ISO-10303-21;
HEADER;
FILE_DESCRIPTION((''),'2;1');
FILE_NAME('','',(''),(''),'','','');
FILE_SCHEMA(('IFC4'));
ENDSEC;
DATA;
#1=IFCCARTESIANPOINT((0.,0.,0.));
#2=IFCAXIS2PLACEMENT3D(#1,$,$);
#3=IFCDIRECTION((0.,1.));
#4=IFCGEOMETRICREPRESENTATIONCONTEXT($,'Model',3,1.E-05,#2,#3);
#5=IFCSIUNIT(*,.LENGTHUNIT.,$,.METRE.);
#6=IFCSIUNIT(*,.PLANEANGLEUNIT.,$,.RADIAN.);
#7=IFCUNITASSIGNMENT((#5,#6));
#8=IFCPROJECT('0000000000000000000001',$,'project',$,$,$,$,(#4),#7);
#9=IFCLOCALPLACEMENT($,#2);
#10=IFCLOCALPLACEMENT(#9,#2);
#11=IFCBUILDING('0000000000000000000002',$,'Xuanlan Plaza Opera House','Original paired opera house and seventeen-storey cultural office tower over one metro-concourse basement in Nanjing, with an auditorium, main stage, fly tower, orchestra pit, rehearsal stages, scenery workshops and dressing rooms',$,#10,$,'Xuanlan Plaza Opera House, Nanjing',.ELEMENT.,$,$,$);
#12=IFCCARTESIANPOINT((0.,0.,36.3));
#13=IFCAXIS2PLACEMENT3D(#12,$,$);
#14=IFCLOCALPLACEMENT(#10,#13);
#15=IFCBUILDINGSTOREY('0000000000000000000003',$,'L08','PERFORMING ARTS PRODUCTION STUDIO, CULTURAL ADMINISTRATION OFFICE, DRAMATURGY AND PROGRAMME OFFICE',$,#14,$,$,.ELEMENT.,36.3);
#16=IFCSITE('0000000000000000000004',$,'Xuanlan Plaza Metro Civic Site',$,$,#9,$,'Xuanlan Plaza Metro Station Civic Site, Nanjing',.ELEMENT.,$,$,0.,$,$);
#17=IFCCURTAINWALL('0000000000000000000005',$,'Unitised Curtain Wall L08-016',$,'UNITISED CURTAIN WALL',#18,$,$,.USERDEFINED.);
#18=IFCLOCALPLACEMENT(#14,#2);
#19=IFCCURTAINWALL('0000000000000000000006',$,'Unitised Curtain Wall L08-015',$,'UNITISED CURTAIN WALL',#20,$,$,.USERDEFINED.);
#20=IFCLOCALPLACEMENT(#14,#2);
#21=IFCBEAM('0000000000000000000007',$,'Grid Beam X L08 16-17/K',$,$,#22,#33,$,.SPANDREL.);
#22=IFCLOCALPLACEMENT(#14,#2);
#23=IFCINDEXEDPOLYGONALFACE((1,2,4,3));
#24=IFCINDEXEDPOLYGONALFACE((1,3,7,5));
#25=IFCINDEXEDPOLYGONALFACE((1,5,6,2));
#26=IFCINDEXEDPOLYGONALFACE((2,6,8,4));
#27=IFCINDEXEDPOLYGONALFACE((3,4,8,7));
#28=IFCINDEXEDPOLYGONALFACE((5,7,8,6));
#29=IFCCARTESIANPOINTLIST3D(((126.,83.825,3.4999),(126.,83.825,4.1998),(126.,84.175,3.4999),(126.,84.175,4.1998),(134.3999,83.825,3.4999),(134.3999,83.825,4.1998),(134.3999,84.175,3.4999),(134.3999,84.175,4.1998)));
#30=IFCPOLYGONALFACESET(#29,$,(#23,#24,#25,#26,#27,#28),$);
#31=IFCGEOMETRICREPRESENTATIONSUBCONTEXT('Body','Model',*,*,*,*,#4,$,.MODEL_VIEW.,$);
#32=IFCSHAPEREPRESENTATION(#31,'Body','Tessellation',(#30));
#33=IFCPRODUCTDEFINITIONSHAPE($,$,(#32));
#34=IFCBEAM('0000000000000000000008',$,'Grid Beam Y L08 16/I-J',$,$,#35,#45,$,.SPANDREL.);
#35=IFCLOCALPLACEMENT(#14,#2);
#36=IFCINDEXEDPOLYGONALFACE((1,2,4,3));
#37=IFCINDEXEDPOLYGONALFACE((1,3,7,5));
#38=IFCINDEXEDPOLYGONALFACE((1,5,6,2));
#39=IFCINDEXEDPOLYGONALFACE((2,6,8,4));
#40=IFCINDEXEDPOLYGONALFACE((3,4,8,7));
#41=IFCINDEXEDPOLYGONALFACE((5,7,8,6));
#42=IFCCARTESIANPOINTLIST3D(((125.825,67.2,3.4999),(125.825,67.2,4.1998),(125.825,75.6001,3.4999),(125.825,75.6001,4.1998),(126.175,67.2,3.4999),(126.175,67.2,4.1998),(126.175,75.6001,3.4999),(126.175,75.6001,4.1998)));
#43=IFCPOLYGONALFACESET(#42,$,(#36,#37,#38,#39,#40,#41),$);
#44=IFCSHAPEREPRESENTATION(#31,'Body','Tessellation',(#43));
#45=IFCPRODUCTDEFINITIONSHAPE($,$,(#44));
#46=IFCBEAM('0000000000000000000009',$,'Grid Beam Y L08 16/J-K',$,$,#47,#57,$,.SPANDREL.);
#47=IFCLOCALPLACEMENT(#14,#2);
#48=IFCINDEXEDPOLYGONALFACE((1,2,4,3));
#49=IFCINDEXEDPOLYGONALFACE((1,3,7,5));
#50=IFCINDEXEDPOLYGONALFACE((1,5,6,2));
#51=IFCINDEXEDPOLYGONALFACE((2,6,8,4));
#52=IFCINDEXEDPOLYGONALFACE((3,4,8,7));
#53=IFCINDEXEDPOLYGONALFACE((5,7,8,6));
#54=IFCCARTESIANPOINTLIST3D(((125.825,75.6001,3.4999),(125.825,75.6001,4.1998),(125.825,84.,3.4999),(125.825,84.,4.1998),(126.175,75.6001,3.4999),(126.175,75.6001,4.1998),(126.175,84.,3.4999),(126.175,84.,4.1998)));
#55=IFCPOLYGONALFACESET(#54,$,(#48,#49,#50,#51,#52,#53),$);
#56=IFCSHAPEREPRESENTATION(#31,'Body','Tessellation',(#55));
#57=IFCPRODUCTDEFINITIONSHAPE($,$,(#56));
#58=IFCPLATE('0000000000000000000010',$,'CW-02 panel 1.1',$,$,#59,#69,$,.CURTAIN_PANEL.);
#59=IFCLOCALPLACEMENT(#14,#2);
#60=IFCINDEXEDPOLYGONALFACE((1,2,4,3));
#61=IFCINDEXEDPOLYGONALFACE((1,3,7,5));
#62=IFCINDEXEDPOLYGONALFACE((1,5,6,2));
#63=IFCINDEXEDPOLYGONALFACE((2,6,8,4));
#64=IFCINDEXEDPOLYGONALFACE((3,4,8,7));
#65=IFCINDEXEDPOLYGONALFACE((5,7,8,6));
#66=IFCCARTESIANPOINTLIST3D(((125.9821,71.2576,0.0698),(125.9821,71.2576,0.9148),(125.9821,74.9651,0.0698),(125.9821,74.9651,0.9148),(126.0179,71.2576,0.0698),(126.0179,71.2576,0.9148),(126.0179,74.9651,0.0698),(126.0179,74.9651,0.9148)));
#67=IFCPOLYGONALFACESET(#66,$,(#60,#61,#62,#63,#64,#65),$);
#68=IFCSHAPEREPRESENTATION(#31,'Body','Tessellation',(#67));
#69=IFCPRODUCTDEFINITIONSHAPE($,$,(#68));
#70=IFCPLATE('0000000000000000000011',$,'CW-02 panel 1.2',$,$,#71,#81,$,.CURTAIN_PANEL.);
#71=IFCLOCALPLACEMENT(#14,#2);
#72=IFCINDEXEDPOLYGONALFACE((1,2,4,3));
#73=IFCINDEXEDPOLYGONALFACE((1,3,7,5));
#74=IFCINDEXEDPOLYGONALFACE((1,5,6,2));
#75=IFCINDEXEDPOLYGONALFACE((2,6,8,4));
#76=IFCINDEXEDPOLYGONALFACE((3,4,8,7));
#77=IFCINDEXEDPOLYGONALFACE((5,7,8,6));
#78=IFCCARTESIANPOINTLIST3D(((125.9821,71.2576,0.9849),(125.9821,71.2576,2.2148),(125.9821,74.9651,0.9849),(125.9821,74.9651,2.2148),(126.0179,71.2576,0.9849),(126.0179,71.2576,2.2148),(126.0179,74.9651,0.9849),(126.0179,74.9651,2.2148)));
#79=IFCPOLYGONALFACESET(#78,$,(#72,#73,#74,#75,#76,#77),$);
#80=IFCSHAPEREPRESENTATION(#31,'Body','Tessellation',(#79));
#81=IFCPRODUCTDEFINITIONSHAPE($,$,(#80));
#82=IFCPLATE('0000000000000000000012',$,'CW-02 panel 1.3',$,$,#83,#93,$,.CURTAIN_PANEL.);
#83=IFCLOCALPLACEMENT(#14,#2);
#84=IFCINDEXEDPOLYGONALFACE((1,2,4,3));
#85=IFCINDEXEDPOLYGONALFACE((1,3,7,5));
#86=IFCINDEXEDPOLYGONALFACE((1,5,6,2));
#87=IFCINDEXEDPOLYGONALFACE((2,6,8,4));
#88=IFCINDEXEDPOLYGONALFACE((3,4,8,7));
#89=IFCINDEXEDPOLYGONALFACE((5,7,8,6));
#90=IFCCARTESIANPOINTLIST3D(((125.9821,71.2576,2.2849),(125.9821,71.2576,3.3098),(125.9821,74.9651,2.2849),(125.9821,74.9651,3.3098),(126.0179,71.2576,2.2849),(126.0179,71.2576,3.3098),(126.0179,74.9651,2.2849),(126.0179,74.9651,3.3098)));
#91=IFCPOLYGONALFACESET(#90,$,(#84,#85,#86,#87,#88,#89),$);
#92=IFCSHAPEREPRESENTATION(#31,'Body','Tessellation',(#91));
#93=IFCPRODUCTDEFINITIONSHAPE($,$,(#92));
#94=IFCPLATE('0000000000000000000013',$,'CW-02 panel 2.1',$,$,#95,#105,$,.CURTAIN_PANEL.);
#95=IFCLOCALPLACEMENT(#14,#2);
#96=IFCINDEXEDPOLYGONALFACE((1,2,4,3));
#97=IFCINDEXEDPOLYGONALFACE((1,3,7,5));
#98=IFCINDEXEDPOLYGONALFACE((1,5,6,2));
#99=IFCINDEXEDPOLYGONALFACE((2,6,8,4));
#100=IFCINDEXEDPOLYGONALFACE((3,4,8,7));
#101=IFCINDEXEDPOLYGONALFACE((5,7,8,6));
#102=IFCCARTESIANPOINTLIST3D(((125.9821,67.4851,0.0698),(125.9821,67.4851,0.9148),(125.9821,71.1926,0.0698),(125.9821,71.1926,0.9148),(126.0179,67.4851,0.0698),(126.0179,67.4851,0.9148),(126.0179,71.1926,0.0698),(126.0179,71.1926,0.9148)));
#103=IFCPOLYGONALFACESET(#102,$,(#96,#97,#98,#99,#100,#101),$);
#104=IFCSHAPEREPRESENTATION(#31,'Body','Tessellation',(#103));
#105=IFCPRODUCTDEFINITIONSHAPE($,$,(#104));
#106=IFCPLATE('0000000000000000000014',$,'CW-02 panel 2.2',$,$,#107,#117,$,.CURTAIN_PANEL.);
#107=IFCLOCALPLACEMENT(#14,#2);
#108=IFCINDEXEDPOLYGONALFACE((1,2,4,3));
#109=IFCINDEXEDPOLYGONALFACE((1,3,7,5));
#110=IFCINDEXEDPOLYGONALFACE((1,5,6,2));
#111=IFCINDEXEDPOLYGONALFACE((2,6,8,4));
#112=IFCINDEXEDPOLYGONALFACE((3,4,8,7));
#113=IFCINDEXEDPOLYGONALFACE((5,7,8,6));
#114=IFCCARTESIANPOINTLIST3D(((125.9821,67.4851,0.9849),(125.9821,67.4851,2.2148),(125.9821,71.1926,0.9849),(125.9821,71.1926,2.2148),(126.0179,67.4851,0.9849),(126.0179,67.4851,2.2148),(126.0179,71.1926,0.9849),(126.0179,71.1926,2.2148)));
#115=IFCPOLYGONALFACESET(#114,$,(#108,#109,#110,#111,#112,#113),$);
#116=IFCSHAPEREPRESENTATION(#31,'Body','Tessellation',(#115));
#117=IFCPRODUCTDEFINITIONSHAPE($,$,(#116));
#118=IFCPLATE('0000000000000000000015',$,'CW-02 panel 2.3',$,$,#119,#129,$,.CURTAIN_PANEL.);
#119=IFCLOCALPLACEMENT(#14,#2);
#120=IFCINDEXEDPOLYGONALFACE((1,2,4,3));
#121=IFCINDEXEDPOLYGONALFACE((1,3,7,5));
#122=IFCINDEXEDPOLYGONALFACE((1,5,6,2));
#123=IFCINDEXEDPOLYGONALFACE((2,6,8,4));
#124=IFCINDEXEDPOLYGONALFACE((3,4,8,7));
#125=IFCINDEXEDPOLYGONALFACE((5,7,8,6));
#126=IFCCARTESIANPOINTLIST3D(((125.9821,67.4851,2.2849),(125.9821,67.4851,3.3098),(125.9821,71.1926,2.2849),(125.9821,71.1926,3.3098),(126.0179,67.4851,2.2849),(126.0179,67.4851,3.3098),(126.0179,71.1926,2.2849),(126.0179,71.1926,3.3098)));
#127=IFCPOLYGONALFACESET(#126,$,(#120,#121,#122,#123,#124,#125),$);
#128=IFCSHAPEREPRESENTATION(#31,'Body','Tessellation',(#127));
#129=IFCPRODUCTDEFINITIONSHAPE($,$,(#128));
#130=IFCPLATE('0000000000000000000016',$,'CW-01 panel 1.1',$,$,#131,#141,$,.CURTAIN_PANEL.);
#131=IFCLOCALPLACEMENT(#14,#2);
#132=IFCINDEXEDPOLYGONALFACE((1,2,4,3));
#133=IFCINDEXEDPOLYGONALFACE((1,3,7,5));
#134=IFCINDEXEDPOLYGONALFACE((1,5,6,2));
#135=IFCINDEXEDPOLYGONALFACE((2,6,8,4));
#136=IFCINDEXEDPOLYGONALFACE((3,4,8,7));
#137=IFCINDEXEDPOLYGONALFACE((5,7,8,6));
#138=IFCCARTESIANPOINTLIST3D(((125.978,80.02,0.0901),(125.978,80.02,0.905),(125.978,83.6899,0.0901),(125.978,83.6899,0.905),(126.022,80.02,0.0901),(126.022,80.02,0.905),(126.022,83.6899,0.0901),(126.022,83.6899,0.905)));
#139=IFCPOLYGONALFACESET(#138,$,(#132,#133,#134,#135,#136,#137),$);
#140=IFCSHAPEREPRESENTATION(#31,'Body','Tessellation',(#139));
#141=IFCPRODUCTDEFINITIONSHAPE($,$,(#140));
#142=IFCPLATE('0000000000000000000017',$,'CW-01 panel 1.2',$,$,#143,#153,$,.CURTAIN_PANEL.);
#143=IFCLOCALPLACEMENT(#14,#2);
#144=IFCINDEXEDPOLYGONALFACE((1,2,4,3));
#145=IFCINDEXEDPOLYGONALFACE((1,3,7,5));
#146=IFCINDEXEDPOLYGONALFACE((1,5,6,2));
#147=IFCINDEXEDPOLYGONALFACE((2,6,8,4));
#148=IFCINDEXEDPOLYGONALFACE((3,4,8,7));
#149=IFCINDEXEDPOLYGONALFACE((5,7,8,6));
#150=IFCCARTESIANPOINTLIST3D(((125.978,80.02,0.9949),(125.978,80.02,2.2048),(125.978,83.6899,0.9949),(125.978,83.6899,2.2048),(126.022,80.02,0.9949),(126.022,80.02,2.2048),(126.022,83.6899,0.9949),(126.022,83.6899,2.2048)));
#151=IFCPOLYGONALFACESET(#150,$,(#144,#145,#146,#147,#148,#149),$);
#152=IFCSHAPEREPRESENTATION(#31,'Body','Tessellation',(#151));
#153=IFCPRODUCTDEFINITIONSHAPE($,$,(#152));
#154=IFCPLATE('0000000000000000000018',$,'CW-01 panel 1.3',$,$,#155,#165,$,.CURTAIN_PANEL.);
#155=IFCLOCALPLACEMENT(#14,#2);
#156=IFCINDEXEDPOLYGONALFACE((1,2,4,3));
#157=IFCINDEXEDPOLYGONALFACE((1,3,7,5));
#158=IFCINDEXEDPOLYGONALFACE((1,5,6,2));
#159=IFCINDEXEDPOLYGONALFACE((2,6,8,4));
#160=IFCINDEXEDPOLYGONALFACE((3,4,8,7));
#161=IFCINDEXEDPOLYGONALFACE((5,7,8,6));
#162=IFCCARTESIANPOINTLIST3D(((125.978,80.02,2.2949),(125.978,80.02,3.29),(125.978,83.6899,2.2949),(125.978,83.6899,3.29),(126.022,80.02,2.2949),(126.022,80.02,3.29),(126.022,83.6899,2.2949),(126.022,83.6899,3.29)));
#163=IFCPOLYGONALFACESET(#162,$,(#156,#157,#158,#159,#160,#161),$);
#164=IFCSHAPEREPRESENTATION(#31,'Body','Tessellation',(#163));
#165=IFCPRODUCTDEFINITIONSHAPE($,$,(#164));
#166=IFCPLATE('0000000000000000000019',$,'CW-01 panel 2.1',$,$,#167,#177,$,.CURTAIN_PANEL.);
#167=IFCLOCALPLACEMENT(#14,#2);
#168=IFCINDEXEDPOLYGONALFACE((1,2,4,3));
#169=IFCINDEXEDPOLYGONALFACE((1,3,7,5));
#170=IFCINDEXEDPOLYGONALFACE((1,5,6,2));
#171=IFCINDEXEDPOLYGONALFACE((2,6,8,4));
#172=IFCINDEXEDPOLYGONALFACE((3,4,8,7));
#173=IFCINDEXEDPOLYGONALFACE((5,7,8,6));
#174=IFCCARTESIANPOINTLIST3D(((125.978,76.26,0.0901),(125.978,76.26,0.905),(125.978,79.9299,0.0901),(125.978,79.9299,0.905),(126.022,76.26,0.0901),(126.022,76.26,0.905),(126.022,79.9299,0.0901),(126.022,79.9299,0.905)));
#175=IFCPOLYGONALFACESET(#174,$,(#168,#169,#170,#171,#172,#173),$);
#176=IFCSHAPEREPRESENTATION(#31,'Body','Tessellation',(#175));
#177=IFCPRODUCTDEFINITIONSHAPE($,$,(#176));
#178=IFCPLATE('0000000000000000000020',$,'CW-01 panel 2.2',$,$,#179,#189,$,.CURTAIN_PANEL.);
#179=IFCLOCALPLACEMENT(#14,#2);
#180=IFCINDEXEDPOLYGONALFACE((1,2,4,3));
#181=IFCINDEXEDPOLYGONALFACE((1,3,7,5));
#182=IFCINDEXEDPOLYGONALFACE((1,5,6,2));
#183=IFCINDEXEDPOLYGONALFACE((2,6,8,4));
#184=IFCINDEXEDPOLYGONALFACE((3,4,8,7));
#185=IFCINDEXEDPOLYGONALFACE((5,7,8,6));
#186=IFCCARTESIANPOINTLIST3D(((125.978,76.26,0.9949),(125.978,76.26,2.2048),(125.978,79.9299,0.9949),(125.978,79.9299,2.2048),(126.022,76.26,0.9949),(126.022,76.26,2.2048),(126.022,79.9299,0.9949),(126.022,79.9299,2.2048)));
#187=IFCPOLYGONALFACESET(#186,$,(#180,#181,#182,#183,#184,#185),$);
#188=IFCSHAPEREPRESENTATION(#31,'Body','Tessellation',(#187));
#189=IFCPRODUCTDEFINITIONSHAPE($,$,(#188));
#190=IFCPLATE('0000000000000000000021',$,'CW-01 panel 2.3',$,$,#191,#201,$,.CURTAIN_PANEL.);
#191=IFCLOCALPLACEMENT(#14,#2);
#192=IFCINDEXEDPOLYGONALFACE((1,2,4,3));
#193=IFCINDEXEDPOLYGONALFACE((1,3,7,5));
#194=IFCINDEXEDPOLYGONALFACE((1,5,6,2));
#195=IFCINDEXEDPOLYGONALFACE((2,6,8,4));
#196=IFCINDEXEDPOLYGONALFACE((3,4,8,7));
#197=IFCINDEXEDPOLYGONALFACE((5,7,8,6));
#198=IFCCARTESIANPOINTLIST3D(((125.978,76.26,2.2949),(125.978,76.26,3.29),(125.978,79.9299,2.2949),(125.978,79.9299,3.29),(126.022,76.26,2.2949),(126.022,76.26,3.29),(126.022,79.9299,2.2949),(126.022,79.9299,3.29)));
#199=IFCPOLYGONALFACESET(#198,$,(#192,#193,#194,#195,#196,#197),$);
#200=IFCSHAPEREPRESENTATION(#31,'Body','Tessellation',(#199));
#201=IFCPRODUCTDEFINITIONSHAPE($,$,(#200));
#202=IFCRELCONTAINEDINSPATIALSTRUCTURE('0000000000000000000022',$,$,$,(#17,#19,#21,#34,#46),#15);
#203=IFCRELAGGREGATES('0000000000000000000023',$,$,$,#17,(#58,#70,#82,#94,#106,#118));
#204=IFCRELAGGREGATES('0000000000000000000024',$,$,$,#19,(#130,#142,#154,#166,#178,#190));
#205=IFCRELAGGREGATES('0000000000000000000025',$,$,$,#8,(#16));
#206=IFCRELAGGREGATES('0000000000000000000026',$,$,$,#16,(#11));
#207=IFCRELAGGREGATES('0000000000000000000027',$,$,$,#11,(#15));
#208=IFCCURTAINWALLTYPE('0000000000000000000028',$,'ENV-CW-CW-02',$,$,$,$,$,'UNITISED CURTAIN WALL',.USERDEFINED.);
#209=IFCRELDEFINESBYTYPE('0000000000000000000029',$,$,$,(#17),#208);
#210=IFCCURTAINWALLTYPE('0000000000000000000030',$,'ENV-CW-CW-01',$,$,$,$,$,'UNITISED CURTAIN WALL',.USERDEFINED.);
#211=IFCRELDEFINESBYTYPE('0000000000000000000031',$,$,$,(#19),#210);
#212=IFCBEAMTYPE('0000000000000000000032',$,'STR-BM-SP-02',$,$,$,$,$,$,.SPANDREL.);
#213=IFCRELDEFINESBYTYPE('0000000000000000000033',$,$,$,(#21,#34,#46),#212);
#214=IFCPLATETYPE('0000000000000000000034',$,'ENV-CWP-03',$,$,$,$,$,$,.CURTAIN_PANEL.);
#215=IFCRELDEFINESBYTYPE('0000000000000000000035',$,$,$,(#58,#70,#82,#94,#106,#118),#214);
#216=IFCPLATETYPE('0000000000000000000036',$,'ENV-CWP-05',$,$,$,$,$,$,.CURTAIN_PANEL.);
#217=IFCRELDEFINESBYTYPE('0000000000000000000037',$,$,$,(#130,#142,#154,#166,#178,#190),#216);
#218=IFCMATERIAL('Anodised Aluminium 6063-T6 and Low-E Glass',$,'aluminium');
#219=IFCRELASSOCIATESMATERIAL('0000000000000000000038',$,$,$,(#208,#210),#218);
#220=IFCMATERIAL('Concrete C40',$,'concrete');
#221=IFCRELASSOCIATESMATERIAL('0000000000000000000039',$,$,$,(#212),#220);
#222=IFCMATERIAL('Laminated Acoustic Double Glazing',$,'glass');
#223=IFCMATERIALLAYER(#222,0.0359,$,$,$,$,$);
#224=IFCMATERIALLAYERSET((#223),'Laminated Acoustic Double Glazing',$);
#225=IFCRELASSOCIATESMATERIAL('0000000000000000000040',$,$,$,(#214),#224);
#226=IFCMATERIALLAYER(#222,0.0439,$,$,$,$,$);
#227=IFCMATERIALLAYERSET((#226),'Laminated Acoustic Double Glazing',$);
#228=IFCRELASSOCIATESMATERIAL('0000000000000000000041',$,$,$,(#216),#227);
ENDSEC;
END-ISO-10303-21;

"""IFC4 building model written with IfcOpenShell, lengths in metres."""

from ifc_helpers import new_model, si_unit, direction, frame, origin, origin_2d, place, context, subcontext, project, spatial, rectangle, extrude, material, layer, layer_set, material_profile, profile_set, type_object, element, aggregate, save


model = new_model("IFC4")

# Units and contexts
model_context = context("Model", 3, precision=1e-05, world=origin(), true_north=direction((0.0, 1.0)))
body_context = subcontext(model_context, "Body", "Model", "MODEL_VIEW")
ifc_project = project(units=[si_unit("LENGTHUNIT", "METRE"), si_unit("PLANEANGLEUNIT", "RADIAN")], contexts=[model_context])

# Site, building, storey
site_placement = place(None, origin())
site = spatial("IfcSite", under=ifc_project, at=site_placement, Name="Xuanlan Plaza Metro Civic Site", LongName="Xuanlan Plaza Metro Station Civic Site, Nanjing", CompositionType="ELEMENT", RefElevation=0.0)
building_placement = place(site_placement, origin())
building = spatial("IfcBuilding", under=site, at=building_placement, Name="Xuanlan Plaza Opera House", Description="Original paired opera house and seventeen-storey cultural office tower over one metro-concourse basement in Nanjing, with an auditorium, main stage, fly tower, orchestra pit, rehearsal stages, scenery workshops and dressing rooms", LongName="Xuanlan Plaza Opera House, Nanjing", CompositionType="ELEMENT")
storey_placement = place(building_placement, frame((0.0, 0.0, 36.3)))
storey = spatial("IfcBuildingStorey", under=building, at=storey_placement, Name="L08", Description="PERFORMING ARTS PRODUCTION STUDIO, CULTURAL ADMINISTRATION OFFICE, DRAMATURGY AND PROGRAMME OFFICE", CompositionType="ELEMENT", Elevation=36.3)

# Curtain walls
ifc_material_1 = material(Name="Anodised Aluminium 6063-T6 and Low-E Glass", Category="aluminium")
curtain_wall_type_1 = type_object("IfcCurtainWallType", Name="ENV-CW-CW-02", ElementType="UNITISED CURTAIN WALL", PredefinedType="USERDEFINED", material=ifc_material_1)
curtain_wall_1_placement = place(storey_placement, origin())
curtain_wall_1 = element("IfcCurtainWall", 1, at=curtain_wall_1_placement, inside=storey, type_object=curtain_wall_type_1, Name="Unitised Curtain Wall L08-016", ObjectType="UNITISED CURTAIN WALL", PredefinedType="USERDEFINED")
curtain_wall_type_2 = type_object("IfcCurtainWallType", Name="ENV-CW-CW-01", ElementType="UNITISED CURTAIN WALL", PredefinedType="USERDEFINED", material=ifc_material_1)
curtain_wall_2_placement = place(storey_placement, origin())
curtain_wall_2 = element("IfcCurtainWall", 2, at=curtain_wall_2_placement, inside=storey, type_object=curtain_wall_type_2, Name="Unitised Curtain Wall L08-015", ObjectType="UNITISED CURTAIN WALL", PredefinedType="USERDEFINED")

# Beams
ifc_material_2 = material(Name="Concrete C40", Category="concrete")
ifc_material_profile_1 = material_profile(ifc_material_2, rectangle(XDim=0.3501, YDim=0.7, at=origin_2d()), Name="RC-SPD 350x700")
ifc_profile_set_1 = profile_set([ifc_material_profile_1], Name="Concrete C40")
beam_type_1 = type_object("IfcBeamType", Name="STR-BM-SP-02", PredefinedType="SPANDREL", material=ifc_profile_set_1)
beam_1_placement = place(storey_placement, frame((126.0, 84.0, 3.8499), z_axis=(1.0, 0.0, 0.0), x_axis=(0.0, 1.0, 0.0)))
element("IfcBeam", 3, at=beam_1_placement, inside=storey, type_object=beam_type_1, Name="Grid Beam X L08 16-17/K", PredefinedType="SPANDREL", context=body_context, shape_type="SweptSolid", body=[
    extrude(rectangle(XDim=0.3501, YDim=0.7, at=origin_2d()), origin(), (0.0, 0.0, 1.0), 8.3999),
])
beam_2_placement = place(storey_placement, frame((126.0, 67.2, 3.8499), z_axis=(0.0, 1.0, 0.0), x_axis=(-1.0, 0.0, 0.0)))
element("IfcBeam", 4, at=beam_2_placement, inside=storey, type_object=beam_type_1, Name="Grid Beam Y L08 16/I-J", PredefinedType="SPANDREL", context=body_context, shape_type="SweptSolid", body=[
    extrude(rectangle(XDim=0.3501, YDim=0.7, at=origin_2d()), origin(), (0.0, 0.0, 1.0), 8.4001),
])
beam_3_placement = place(storey_placement, frame((126.0, 75.6001, 3.8499), z_axis=(0.0, 1.0, 0.0), x_axis=(-1.0, 0.0, 0.0)))
element("IfcBeam", 5, at=beam_3_placement, inside=storey, type_object=beam_type_1, Name="Grid Beam Y L08 16/J-K", PredefinedType="SPANDREL", context=body_context, shape_type="SweptSolid", body=[
    extrude(rectangle(XDim=0.3501, YDim=0.7, at=origin_2d()), origin(), (0.0, 0.0, 1.0), 8.3999),
])

# Plates
ifc_material_3 = material(Name="Laminated Acoustic Double Glazing", Category="glass")
ifc_layer_1 = layer(ifc_material_3, 0.0359)
ifc_layer_set_1 = layer_set([ifc_layer_1], Name="Laminated Acoustic Double Glazing")
plate_type_1 = type_object("IfcPlateType", Name="ENV-CWP-03", PredefinedType="CURTAIN_PANEL", material=ifc_layer_set_1)
plate_1_placement = place(storey_placement, frame((126.0, 73.1113, 0.0698), z_axis=(0.0, 0.0, 1.0), x_axis=(0.0, -1.0, 0.0)))
plate_1 = element("IfcPlate", 6, at=plate_1_placement, type_object=plate_type_1, Name="CW-02 panel 1.1", PredefinedType="CURTAIN_PANEL", context=body_context, shape_type="SweptSolid", body=[
    extrude(rectangle(XDim=3.7075, YDim=0.0359, at=origin_2d()), origin(), (0.0, 0.0, 1.0), 0.845),
])
plate_2_placement = place(storey_placement, frame((126.0, 73.1113, 0.9849), z_axis=(0.0, 0.0, 1.0), x_axis=(0.0, -1.0, 0.0)))
plate_2 = element("IfcPlate", 7, at=plate_2_placement, type_object=plate_type_1, Name="CW-02 panel 1.2", PredefinedType="CURTAIN_PANEL", context=body_context, shape_type="SweptSolid", body=[
    extrude(rectangle(XDim=3.7075, YDim=0.0359, at=origin_2d()), origin(), (0.0, 0.0, 1.0), 1.23),
])
plate_3_placement = place(storey_placement, frame((126.0, 73.1113, 2.2849), z_axis=(0.0, 0.0, 1.0), x_axis=(0.0, -1.0, 0.0)))
plate_3 = element("IfcPlate", 8, at=plate_3_placement, type_object=plate_type_1, Name="CW-02 panel 1.3", PredefinedType="CURTAIN_PANEL", context=body_context, shape_type="SweptSolid", body=[
    extrude(rectangle(XDim=3.7075, YDim=0.0359, at=origin_2d()), origin(), (0.0, 0.0, 1.0), 1.0249),
])
plate_4_placement = place(storey_placement, frame((126.0, 69.3389, 0.0698), z_axis=(0.0, 0.0, 1.0), x_axis=(0.0, -1.0, 0.0)))
plate_4 = element("IfcPlate", 9, at=plate_4_placement, type_object=plate_type_1, Name="CW-02 panel 2.1", PredefinedType="CURTAIN_PANEL", context=body_context, shape_type="SweptSolid", body=[
    extrude(rectangle(XDim=3.7075, YDim=0.0359, at=origin_2d()), origin(), (0.0, 0.0, 1.0), 0.845),
])
plate_5_placement = place(storey_placement, frame((126.0, 69.3389, 0.9849), z_axis=(0.0, 0.0, 1.0), x_axis=(0.0, -1.0, 0.0)))
plate_5 = element("IfcPlate", 10, at=plate_5_placement, type_object=plate_type_1, Name="CW-02 panel 2.2", PredefinedType="CURTAIN_PANEL", context=body_context, shape_type="SweptSolid", body=[
    extrude(rectangle(XDim=3.7075, YDim=0.0359, at=origin_2d()), origin(), (0.0, 0.0, 1.0), 1.23),
])
plate_6_placement = place(storey_placement, frame((126.0, 69.3389, 2.2849), z_axis=(0.0, 0.0, 1.0), x_axis=(0.0, -1.0, 0.0)))
plate_6 = element("IfcPlate", 11, at=plate_6_placement, type_object=plate_type_1, Name="CW-02 panel 2.3", PredefinedType="CURTAIN_PANEL", context=body_context, shape_type="SweptSolid", body=[
    extrude(rectangle(XDim=3.7075, YDim=0.0359, at=origin_2d()), origin(), (0.0, 0.0, 1.0), 1.0249),
])
aggregate(curtain_wall_1, [plate_1, plate_2, plate_3, plate_4, plate_5, plate_6])
ifc_layer_2 = layer(ifc_material_3, 0.0439)
ifc_layer_set_2 = layer_set([ifc_layer_2], Name="Laminated Acoustic Double Glazing")
plate_type_2 = type_object("IfcPlateType", Name="ENV-CWP-05", PredefinedType="CURTAIN_PANEL", material=ifc_layer_set_2)
plate_7_placement = place(storey_placement, frame((126.0, 81.855, 0.0901), z_axis=(0.0, 0.0, 1.0), x_axis=(0.0, -1.0, 0.0)))
plate_7 = element("IfcPlate", 12, at=plate_7_placement, type_object=plate_type_2, Name="CW-01 panel 1.1", PredefinedType="CURTAIN_PANEL", context=body_context, shape_type="SweptSolid", body=[
    extrude(rectangle(XDim=3.6699, YDim=0.0439, at=origin_2d()), origin(), (0.0, 0.0, 1.0), 0.8149),
])
plate_8_placement = place(storey_placement, frame((126.0, 81.855, 0.9949), z_axis=(0.0, 0.0, 1.0), x_axis=(0.0, -1.0, 0.0)))
plate_8 = element("IfcPlate", 13, at=plate_8_placement, type_object=plate_type_2, Name="CW-01 panel 1.2", PredefinedType="CURTAIN_PANEL", context=body_context, shape_type="SweptSolid", body=[
    extrude(rectangle(XDim=3.6699, YDim=0.0439, at=origin_2d()), origin(), (0.0, 0.0, 1.0), 1.21),
])
plate_9_placement = place(storey_placement, frame((126.0, 81.855, 2.2949), z_axis=(0.0, 0.0, 1.0), x_axis=(0.0, -1.0, 0.0)))
plate_9 = element("IfcPlate", 14, at=plate_9_placement, type_object=plate_type_2, Name="CW-01 panel 1.3", PredefinedType="CURTAIN_PANEL", context=body_context, shape_type="SweptSolid", body=[
    extrude(rectangle(XDim=3.6699, YDim=0.0439, at=origin_2d()), origin(), (0.0, 0.0, 1.0), 0.9951),
])
plate_10_placement = place(storey_placement, frame((126.0, 78.095, 0.0901), z_axis=(0.0, 0.0, 1.0), x_axis=(0.0, -1.0, 0.0)))
plate_10 = element("IfcPlate", 15, at=plate_10_placement, type_object=plate_type_2, Name="CW-01 panel 2.1", PredefinedType="CURTAIN_PANEL", context=body_context, shape_type="SweptSolid", body=[
    extrude(rectangle(XDim=3.6699, YDim=0.0439, at=origin_2d()), origin(), (0.0, 0.0, 1.0), 0.8149),
])
plate_11_placement = place(storey_placement, frame((126.0, 78.095, 0.9949), z_axis=(0.0, 0.0, 1.0), x_axis=(0.0, -1.0, 0.0)))
plate_11 = element("IfcPlate", 16, at=plate_11_placement, type_object=plate_type_2, Name="CW-01 panel 2.2", PredefinedType="CURTAIN_PANEL", context=body_context, shape_type="SweptSolid", body=[
    extrude(rectangle(XDim=3.6699, YDim=0.0439, at=origin_2d()), origin(), (0.0, 0.0, 1.0), 1.21),
])
plate_12_placement = place(storey_placement, frame((126.0, 78.095, 2.2949), z_axis=(0.0, 0.0, 1.0), x_axis=(0.0, -1.0, 0.0)))
plate_12 = element("IfcPlate", 17, at=plate_12_placement, type_object=plate_type_2, Name="CW-01 panel 2.3", PredefinedType="CURTAIN_PANEL", context=body_context, shape_type="SweptSolid", body=[
    extrude(rectangle(XDim=3.6699, YDim=0.0439, at=origin_2d()), origin(), (0.0, 0.0, 1.0), 0.9951),
])
aggregate(curtain_wall_2, [plate_7, plate_8, plate_9, plate_10, plate_11, plate_12])

save(model, "model.ifc")
